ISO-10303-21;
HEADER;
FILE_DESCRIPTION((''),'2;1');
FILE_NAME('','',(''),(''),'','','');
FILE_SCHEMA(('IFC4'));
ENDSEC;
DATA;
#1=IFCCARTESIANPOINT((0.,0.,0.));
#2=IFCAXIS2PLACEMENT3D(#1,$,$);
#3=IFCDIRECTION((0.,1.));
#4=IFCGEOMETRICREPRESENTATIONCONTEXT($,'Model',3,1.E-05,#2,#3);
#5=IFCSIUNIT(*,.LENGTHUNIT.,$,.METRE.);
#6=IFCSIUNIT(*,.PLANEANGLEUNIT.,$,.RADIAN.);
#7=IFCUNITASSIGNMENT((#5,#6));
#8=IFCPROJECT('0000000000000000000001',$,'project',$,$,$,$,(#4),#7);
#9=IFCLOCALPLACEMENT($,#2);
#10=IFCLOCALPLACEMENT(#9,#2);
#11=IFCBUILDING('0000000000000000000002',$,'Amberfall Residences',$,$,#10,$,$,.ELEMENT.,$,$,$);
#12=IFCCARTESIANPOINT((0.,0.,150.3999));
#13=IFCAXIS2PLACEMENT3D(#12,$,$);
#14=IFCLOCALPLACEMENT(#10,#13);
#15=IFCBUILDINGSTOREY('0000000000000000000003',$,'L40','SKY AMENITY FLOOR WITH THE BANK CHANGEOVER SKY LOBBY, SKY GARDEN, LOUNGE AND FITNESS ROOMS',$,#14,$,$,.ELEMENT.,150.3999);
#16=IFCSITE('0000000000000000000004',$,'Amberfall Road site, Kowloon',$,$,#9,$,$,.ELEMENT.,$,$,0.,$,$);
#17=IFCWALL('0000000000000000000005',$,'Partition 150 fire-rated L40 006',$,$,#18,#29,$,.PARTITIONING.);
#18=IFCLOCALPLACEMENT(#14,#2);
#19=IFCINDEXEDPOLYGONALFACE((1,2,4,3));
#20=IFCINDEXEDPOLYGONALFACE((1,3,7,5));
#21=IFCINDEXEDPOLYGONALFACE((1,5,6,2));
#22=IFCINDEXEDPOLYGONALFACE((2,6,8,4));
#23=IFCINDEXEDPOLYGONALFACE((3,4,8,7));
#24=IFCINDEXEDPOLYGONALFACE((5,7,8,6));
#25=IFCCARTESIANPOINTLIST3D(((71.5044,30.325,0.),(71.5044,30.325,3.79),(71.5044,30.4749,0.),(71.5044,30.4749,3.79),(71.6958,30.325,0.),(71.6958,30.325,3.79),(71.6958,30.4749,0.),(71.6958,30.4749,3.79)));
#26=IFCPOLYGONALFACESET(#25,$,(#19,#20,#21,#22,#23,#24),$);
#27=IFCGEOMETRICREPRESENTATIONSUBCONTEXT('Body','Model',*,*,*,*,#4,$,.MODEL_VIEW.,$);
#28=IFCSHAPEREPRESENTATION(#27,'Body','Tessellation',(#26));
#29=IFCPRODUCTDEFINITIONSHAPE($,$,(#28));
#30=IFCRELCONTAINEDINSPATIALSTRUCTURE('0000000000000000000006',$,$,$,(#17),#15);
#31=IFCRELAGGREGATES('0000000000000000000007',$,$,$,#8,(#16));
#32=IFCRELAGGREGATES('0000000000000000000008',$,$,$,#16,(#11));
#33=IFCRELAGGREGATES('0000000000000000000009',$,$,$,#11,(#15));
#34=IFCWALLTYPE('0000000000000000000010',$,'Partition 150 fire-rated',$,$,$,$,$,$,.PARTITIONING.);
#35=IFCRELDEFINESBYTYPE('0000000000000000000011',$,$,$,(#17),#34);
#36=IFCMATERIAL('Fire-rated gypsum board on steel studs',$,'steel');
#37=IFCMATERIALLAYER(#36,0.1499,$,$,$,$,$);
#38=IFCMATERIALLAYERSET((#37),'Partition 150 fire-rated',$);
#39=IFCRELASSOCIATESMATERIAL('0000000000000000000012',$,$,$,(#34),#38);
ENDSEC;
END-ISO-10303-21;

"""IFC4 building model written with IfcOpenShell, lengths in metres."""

from ifc_helpers import new_model, si_unit, direction, frame, frame_2d, origin, place, context, subcontext, project, spatial, rectangle, extrude, material, layer, layer_set, type_object, element, save


model = new_model("IFC4")

# Units and contexts
model_context = context("Model", 3, precision=1e-05, world=origin(), true_north=direction((0.0, 1.0)))
body_context = subcontext(model_context, "Body", "Model", "MODEL_VIEW")
ifc_project = project(units=[si_unit("LENGTHUNIT", "METRE"), si_unit("PLANEANGLEUNIT", "RADIAN")], contexts=[model_context])

# Site, building, storey
site_placement = place(None, origin())
site = spatial("IfcSite", under=ifc_project, at=site_placement, Name="Amberfall Road site, Kowloon", CompositionType="ELEMENT", RefElevation=0.0)
building_placement = place(site_placement, origin())
building = spatial("IfcBuilding", under=site, at=building_placement, Name="Amberfall Residences", CompositionType="ELEMENT")
storey_placement = place(building_placement, frame((0.0, 0.0, 150.3999)))
storey = spatial("IfcBuildingStorey", under=building, at=storey_placement, Name="L40", Description="SKY AMENITY FLOOR WITH THE BANK CHANGEOVER SKY LOBBY, SKY GARDEN, LOUNGE AND FITNESS ROOMS", CompositionType="ELEMENT", Elevation=150.3999)

# Shared definitions
ifc_material_1 = material(Name="Fire-rated gypsum board on steel studs", Category="steel")
ifc_layer_1 = layer(ifc_material_1, 0.1499)
ifc_layer_set_1 = layer_set([ifc_layer_1], Name="Partition 150 fire-rated")
wall_type_1 = type_object("IfcWallType", Name="Partition 150 fire-rated", PredefinedType="PARTITIONING", material=ifc_layer_set_1)

# Wall
wall_1_placement = place(storey_placement, frame((71.5044, 30.3999, 0.0), z_axis=(0.0, 0.0, 1.0), x_axis=(1.0, 0.0, 0.0)))
element("IfcWall", 1, at=wall_1_placement, inside=storey, type_object=wall_type_1, Name="Partition 150 fire-rated L40 006", PredefinedType="PARTITIONING", context=body_context, shape_type="SweptSolid", body=[
    extrude(rectangle(XDim=0.1914, YDim=0.1499, at=frame_2d((0.0957, 0.0))), origin(), (0.0, 0.0, 1.0), 3.79),
])

save(model, "model.ifc")
